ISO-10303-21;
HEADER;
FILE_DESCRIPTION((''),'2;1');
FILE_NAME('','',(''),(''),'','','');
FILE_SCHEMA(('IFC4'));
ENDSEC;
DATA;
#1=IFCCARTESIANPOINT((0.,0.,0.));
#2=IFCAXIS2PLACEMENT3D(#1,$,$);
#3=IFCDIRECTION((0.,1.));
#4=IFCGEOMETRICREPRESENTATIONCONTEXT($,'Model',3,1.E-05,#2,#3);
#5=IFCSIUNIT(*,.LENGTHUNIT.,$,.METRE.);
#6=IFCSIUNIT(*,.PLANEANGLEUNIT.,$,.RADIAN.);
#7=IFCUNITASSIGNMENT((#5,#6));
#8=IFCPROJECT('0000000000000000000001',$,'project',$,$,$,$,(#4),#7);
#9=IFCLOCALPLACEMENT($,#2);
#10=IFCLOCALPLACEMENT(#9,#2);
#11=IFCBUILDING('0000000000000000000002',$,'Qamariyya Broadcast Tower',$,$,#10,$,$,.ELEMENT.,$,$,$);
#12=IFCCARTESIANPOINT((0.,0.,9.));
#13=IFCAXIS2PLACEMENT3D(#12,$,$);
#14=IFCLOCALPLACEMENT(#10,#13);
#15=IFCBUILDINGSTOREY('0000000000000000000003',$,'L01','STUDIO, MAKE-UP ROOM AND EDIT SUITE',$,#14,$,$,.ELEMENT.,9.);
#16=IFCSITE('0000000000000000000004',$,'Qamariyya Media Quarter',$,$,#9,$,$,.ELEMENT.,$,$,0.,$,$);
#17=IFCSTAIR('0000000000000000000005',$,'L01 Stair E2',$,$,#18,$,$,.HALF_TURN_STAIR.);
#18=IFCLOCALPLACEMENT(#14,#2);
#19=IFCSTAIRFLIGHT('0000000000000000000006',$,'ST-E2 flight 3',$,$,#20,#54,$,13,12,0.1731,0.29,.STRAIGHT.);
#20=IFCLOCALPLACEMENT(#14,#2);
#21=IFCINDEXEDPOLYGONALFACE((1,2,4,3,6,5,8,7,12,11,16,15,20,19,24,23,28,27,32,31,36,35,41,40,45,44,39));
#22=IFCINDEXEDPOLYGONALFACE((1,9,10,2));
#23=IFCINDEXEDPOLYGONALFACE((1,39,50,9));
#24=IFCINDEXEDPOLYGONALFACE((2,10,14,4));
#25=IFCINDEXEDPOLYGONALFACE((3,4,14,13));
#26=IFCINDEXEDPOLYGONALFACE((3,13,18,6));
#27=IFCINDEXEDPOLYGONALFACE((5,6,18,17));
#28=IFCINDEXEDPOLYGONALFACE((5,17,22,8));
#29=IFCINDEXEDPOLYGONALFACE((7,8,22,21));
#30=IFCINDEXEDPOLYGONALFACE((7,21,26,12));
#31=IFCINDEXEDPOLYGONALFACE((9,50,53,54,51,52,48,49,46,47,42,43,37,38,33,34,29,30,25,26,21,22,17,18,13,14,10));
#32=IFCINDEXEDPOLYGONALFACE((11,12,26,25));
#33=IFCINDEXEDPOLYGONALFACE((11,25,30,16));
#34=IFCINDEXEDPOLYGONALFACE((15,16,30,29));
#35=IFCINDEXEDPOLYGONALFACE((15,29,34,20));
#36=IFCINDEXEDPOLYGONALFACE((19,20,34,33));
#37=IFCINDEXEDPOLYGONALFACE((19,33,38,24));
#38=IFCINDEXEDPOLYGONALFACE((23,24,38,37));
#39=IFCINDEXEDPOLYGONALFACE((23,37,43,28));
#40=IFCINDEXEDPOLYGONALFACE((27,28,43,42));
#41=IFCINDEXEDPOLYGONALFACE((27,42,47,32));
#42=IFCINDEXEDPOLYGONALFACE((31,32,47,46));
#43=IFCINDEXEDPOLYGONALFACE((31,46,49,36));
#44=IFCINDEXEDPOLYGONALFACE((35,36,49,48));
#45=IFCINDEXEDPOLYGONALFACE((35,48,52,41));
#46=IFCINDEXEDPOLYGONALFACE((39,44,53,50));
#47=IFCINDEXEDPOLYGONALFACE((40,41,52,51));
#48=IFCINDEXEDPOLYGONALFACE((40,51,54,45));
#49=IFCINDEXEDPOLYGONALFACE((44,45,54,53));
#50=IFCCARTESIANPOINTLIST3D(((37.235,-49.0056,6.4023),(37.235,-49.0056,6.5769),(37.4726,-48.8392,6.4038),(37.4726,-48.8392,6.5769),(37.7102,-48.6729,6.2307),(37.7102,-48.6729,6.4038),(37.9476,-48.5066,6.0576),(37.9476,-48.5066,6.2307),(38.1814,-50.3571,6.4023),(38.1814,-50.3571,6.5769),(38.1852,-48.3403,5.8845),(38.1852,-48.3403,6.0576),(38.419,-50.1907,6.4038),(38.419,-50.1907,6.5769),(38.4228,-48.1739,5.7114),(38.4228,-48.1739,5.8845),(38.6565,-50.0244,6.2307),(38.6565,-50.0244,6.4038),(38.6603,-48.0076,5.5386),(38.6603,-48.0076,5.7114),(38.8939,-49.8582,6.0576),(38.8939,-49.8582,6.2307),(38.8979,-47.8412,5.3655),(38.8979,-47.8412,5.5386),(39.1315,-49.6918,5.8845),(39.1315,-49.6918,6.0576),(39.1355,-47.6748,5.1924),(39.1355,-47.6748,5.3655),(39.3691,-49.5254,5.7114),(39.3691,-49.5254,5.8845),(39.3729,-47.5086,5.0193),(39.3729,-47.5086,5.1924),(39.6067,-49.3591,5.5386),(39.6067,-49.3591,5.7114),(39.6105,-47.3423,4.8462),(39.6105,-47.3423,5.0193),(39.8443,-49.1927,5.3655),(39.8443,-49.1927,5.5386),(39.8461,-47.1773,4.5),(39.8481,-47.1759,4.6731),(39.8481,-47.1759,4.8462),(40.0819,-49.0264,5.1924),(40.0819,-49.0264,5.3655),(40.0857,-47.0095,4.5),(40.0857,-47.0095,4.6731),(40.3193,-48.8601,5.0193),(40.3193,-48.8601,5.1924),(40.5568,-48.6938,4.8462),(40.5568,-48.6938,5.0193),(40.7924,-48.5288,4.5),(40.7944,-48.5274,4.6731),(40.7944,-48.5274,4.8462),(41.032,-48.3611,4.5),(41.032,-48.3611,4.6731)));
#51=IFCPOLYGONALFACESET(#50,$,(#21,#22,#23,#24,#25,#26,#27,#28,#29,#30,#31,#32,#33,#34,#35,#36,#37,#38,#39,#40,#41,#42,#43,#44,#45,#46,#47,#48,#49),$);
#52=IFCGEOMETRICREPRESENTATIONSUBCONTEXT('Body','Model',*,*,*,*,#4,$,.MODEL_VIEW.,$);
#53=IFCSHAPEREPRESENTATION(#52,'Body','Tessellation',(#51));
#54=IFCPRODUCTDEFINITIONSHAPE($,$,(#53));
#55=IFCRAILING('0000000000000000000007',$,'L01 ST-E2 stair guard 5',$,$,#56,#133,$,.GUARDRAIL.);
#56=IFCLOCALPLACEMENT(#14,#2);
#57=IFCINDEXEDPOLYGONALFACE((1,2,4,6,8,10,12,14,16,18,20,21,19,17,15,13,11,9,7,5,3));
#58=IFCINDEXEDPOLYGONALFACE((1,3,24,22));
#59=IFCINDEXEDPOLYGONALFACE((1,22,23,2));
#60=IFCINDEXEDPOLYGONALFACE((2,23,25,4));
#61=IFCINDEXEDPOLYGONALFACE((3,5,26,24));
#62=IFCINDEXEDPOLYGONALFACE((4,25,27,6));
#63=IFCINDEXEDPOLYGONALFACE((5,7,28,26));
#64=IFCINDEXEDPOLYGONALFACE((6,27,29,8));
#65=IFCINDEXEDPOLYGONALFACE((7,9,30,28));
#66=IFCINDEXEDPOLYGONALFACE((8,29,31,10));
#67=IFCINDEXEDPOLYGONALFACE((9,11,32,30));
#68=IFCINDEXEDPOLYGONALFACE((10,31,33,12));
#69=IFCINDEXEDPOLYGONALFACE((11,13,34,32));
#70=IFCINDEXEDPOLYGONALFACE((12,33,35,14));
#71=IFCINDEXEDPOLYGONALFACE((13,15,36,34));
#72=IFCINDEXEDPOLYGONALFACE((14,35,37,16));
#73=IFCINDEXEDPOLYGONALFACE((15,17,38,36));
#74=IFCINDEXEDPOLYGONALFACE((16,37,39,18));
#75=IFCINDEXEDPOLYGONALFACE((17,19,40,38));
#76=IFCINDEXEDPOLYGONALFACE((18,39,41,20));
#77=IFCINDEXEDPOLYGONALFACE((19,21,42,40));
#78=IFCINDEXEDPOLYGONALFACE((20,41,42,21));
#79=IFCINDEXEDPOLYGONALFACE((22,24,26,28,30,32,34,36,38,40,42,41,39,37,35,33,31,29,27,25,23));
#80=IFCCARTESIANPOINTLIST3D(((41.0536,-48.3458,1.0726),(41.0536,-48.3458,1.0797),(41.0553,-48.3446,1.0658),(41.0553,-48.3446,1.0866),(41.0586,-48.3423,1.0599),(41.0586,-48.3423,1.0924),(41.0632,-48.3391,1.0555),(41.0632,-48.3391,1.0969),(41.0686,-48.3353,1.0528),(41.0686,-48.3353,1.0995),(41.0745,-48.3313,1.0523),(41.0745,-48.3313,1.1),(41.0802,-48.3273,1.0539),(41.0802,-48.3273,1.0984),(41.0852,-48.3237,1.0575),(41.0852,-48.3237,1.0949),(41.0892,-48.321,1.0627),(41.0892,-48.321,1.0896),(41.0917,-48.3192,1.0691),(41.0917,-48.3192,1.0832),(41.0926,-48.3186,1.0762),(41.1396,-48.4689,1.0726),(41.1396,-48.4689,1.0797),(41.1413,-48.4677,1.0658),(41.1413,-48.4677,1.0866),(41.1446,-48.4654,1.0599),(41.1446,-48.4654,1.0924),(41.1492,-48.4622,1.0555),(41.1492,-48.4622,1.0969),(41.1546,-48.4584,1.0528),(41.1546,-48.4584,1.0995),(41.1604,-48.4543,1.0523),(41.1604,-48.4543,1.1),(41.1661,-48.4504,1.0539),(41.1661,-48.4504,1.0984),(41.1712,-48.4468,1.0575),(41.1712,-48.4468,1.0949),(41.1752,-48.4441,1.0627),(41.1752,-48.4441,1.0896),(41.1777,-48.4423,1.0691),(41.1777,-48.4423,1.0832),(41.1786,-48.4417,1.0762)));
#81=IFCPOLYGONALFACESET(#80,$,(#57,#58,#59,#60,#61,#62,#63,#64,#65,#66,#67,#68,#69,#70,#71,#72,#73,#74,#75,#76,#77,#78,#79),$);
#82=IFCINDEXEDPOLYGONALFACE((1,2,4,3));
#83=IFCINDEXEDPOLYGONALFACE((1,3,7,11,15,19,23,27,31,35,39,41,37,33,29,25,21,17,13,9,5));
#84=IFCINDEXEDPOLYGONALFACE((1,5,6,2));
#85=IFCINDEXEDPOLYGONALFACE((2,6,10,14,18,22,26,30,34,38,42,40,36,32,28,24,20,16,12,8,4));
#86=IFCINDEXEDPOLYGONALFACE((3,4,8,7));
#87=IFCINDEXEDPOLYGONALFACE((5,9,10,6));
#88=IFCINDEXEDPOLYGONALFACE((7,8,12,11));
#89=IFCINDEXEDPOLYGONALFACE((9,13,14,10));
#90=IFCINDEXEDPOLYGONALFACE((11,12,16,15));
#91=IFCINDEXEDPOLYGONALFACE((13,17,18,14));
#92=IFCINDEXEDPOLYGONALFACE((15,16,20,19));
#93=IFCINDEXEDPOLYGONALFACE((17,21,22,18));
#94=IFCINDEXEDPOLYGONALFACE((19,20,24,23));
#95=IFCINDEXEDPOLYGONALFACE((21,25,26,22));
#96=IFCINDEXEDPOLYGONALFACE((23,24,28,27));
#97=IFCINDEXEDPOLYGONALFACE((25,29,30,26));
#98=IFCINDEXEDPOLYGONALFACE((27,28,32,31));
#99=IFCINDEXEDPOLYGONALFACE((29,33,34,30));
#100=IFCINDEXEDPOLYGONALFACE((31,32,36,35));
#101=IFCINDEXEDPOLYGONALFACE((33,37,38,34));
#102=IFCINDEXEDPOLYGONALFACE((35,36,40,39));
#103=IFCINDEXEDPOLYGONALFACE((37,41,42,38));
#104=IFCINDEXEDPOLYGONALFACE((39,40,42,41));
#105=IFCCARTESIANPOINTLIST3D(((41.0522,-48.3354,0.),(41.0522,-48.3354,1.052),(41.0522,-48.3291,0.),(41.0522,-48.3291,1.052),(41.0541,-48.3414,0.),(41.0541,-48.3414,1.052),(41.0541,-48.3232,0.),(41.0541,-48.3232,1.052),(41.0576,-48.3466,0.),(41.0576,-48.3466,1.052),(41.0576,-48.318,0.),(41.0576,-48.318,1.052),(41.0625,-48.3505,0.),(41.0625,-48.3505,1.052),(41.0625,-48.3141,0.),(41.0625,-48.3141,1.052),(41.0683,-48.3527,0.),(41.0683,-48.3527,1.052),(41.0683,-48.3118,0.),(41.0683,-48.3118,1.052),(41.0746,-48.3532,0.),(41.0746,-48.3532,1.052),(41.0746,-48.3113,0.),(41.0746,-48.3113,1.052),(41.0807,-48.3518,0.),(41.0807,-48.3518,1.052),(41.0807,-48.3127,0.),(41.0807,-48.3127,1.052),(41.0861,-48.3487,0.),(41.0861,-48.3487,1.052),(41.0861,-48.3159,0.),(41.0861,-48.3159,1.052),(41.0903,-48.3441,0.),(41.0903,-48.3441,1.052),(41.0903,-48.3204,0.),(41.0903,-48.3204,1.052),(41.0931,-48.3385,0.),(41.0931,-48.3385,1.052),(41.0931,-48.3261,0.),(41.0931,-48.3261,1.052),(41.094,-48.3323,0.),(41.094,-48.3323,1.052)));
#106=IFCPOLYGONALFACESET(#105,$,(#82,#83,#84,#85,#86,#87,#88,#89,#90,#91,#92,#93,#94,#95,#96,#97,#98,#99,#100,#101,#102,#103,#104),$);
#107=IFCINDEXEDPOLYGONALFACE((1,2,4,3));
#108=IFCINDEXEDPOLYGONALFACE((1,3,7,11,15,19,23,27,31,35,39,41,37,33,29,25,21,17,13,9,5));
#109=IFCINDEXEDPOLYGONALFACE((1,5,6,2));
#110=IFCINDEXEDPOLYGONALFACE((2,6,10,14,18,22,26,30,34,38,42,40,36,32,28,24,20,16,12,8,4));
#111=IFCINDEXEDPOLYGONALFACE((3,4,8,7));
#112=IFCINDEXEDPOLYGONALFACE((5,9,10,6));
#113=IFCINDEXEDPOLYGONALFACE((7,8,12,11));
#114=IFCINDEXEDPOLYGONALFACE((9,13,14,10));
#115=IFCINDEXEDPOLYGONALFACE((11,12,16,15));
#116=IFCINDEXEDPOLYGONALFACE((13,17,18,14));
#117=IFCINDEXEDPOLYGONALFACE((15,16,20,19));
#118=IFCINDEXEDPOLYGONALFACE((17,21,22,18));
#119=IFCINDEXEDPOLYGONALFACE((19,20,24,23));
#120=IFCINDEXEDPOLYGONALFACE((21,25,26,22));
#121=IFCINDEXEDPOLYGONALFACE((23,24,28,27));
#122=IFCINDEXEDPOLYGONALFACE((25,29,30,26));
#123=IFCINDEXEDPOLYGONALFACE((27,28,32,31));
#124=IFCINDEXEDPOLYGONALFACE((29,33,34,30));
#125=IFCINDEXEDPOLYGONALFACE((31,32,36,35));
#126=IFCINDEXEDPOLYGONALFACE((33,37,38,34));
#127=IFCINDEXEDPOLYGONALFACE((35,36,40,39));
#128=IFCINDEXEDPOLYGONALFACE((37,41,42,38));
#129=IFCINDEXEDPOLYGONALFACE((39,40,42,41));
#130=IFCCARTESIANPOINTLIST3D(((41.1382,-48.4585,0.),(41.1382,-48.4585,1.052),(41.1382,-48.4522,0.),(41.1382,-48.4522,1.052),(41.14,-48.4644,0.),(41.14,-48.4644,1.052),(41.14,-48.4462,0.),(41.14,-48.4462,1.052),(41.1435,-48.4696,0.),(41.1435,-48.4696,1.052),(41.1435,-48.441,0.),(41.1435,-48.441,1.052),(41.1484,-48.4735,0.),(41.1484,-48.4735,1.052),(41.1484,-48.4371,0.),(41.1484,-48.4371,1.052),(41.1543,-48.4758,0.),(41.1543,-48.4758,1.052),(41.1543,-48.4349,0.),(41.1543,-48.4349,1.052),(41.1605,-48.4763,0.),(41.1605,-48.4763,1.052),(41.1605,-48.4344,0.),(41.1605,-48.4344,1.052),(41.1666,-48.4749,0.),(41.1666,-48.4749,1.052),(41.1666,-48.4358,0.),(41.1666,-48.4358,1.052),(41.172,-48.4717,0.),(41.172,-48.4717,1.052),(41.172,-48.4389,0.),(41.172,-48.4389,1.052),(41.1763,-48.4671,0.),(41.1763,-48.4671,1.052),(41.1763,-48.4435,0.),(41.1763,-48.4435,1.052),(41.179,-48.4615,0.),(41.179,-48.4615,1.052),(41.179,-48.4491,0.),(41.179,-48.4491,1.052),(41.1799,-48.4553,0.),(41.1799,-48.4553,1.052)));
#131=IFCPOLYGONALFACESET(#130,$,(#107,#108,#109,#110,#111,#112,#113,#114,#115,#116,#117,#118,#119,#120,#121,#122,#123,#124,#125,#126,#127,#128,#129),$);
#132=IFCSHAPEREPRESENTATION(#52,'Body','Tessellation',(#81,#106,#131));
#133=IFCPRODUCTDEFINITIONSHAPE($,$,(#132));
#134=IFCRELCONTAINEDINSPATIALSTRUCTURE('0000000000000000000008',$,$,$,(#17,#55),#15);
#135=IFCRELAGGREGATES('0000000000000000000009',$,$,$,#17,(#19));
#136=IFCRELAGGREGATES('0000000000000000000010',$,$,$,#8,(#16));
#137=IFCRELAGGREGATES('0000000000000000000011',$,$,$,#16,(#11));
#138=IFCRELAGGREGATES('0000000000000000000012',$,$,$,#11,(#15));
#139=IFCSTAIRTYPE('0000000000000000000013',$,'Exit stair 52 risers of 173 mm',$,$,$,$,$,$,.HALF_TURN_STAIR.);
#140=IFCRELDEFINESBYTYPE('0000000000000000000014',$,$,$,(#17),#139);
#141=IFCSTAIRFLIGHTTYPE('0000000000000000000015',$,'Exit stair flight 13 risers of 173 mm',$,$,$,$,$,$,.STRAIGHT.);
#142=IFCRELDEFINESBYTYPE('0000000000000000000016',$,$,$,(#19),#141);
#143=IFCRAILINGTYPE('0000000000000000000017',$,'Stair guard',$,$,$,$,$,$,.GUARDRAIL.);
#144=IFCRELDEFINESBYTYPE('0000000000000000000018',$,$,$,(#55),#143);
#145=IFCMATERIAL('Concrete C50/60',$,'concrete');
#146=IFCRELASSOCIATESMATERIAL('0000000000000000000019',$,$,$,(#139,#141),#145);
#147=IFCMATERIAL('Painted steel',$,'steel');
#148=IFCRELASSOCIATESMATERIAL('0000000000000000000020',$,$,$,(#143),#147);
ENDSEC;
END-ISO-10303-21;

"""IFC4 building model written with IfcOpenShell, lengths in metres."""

from ifc_helpers import new_model, si_unit, direction, frame, origin, origin_2d, place, context, subcontext, project, spatial, polyline, circle, outline, extrude, material, type_object, element, aggregate, save


model = new_model("IFC4")

# Units and contexts
model_context = context("Model", 3, precision=1e-05, world=origin(), true_north=direction((0.0, 1.0)))
body_context = subcontext(model_context, "Body", "Model", "MODEL_VIEW")
ifc_project = project(units=[si_unit("LENGTHUNIT", "METRE"), si_unit("PLANEANGLEUNIT", "RADIAN")], contexts=[model_context])

# Site, building, storey
site_placement = place(None, origin())
site = spatial("IfcSite", under=ifc_project, at=site_placement, Name="Qamariyya Media Quarter", CompositionType="ELEMENT", RefElevation=0.0)
building_placement = place(site_placement, origin())
building = spatial("IfcBuilding", under=site, at=building_placement, Name="Qamariyya Broadcast Tower", CompositionType="ELEMENT")
storey_placement = place(building_placement, frame((0.0, 0.0, 9.0)))
storey = spatial("IfcBuildingStorey", under=building, at=storey_placement, Name="L01", Description="STUDIO, MAKE-UP ROOM AND EDIT SUITE", CompositionType="ELEMENT", Elevation=9.0)

# Shared definitions
ifc_material_1 = material(Name="Concrete C50/60", Category="concrete")

# Stair, stair flight
stair_type = type_object("IfcStairType", Name="Exit stair 52 risers of 173 mm", PredefinedType="HALF_TURN_STAIR", material=ifc_material_1)
stair_placement = place(storey_placement, origin())
stair = element("IfcStair", 1, at=stair_placement, inside=storey, type_object=stair_type, Name="L01 Stair E2", PredefinedType="HALF_TURN_STAIR")
stair_flight_type = type_object("IfcStairFlightType", Name="Exit stair flight 13 risers of 173 mm", PredefinedType="STRAIGHT", material=ifc_material_1)
stair_flight_1_placement = place(storey_placement, frame((40.5588, -47.6853, 4.5), z_axis=(0.0, 0.0, 1.0), x_axis=(-0.819152, -0.573576, 0.0)))
stair_flight_1 = element("IfcStairFlight", 2, at=stair_flight_1_placement, type_object=stair_flight_type, Name="ST-E2 flight 3", NumberOfRisers=13, NumberOfTreads=12, PredefinedType="STRAIGHT", RiserHeight=0.1731, TreadLength=0.29, context=body_context, shape_type="SweptSolid", body=[
    extrude(outline(polyline([(0.0, 0.0), (0.0, 0.1731), (0.29, 0.1731), (0.29, 0.3462), (0.5801, 0.3462), (0.5801, 0.5193), (0.8701, 0.5193), (0.8701, 0.6924), (1.1599, 0.6924), (1.1599, 0.8655), (1.45, 0.8655), (1.45, 1.0386), (1.74, 1.0386), (1.74, 1.2114), (2.03, 1.2114), (2.03, 1.3845), (2.3201, 1.3845), (2.3201, 1.5576), (2.6101, 1.5576), (2.6101, 1.7307), (2.8999, 1.7307), (2.8999, 1.9038), (3.1899, 1.9038), (3.1899, 2.0769), (3.48, 2.0769), (3.48, 2.25), (3.48, 1.9023), (0.2925, 0.0), (0.0, 0.0)])), frame((0.0, 0.825, 0.0), z_axis=(0.0, -1.0, 0.0), x_axis=(1.0, 0.0, 0.0)), (0.0, 0.0, 1.0), 1.6499),
])
aggregate(stair, [stair_flight_1])

# Railing
ifc_material_2 = material(Name="Painted steel", Category="steel")
railing_type_1 = type_object("IfcRailingType", Name="Stair guard", PredefinedType="GUARDRAIL", material=ifc_material_2)
railing_1_placement = place(storey_placement, frame((41.073, -48.3323, 0.0)))
element("IfcRailing", 3, at=railing_1_placement, inside=storey, type_object=railing_type_1, Name="L01 ST-E2 stair guard 5", PredefinedType="GUARDRAIL", context=body_context, shape_type="SweptSolid", body=[
    extrude(circle(Radius=0.0239, at=origin_2d()), frame((0.0, 0.0, 1.0762), z_axis=(0.572589, -0.819843, 0.0), x_axis=(0.819843, 0.572589, 0.0)), (0.0, 0.0, 1.0), 0.1501),
    extrude(circle(Radius=0.021, at=origin_2d()), origin(), (0.0, 0.0, 1.0), 1.052),
    extrude(circle(Radius=0.021, at=origin_2d()), frame((0.0859, -0.123, 0.0)), (0.0, 0.0, 1.0), 1.052),
])

save(model, "model.ifc")
